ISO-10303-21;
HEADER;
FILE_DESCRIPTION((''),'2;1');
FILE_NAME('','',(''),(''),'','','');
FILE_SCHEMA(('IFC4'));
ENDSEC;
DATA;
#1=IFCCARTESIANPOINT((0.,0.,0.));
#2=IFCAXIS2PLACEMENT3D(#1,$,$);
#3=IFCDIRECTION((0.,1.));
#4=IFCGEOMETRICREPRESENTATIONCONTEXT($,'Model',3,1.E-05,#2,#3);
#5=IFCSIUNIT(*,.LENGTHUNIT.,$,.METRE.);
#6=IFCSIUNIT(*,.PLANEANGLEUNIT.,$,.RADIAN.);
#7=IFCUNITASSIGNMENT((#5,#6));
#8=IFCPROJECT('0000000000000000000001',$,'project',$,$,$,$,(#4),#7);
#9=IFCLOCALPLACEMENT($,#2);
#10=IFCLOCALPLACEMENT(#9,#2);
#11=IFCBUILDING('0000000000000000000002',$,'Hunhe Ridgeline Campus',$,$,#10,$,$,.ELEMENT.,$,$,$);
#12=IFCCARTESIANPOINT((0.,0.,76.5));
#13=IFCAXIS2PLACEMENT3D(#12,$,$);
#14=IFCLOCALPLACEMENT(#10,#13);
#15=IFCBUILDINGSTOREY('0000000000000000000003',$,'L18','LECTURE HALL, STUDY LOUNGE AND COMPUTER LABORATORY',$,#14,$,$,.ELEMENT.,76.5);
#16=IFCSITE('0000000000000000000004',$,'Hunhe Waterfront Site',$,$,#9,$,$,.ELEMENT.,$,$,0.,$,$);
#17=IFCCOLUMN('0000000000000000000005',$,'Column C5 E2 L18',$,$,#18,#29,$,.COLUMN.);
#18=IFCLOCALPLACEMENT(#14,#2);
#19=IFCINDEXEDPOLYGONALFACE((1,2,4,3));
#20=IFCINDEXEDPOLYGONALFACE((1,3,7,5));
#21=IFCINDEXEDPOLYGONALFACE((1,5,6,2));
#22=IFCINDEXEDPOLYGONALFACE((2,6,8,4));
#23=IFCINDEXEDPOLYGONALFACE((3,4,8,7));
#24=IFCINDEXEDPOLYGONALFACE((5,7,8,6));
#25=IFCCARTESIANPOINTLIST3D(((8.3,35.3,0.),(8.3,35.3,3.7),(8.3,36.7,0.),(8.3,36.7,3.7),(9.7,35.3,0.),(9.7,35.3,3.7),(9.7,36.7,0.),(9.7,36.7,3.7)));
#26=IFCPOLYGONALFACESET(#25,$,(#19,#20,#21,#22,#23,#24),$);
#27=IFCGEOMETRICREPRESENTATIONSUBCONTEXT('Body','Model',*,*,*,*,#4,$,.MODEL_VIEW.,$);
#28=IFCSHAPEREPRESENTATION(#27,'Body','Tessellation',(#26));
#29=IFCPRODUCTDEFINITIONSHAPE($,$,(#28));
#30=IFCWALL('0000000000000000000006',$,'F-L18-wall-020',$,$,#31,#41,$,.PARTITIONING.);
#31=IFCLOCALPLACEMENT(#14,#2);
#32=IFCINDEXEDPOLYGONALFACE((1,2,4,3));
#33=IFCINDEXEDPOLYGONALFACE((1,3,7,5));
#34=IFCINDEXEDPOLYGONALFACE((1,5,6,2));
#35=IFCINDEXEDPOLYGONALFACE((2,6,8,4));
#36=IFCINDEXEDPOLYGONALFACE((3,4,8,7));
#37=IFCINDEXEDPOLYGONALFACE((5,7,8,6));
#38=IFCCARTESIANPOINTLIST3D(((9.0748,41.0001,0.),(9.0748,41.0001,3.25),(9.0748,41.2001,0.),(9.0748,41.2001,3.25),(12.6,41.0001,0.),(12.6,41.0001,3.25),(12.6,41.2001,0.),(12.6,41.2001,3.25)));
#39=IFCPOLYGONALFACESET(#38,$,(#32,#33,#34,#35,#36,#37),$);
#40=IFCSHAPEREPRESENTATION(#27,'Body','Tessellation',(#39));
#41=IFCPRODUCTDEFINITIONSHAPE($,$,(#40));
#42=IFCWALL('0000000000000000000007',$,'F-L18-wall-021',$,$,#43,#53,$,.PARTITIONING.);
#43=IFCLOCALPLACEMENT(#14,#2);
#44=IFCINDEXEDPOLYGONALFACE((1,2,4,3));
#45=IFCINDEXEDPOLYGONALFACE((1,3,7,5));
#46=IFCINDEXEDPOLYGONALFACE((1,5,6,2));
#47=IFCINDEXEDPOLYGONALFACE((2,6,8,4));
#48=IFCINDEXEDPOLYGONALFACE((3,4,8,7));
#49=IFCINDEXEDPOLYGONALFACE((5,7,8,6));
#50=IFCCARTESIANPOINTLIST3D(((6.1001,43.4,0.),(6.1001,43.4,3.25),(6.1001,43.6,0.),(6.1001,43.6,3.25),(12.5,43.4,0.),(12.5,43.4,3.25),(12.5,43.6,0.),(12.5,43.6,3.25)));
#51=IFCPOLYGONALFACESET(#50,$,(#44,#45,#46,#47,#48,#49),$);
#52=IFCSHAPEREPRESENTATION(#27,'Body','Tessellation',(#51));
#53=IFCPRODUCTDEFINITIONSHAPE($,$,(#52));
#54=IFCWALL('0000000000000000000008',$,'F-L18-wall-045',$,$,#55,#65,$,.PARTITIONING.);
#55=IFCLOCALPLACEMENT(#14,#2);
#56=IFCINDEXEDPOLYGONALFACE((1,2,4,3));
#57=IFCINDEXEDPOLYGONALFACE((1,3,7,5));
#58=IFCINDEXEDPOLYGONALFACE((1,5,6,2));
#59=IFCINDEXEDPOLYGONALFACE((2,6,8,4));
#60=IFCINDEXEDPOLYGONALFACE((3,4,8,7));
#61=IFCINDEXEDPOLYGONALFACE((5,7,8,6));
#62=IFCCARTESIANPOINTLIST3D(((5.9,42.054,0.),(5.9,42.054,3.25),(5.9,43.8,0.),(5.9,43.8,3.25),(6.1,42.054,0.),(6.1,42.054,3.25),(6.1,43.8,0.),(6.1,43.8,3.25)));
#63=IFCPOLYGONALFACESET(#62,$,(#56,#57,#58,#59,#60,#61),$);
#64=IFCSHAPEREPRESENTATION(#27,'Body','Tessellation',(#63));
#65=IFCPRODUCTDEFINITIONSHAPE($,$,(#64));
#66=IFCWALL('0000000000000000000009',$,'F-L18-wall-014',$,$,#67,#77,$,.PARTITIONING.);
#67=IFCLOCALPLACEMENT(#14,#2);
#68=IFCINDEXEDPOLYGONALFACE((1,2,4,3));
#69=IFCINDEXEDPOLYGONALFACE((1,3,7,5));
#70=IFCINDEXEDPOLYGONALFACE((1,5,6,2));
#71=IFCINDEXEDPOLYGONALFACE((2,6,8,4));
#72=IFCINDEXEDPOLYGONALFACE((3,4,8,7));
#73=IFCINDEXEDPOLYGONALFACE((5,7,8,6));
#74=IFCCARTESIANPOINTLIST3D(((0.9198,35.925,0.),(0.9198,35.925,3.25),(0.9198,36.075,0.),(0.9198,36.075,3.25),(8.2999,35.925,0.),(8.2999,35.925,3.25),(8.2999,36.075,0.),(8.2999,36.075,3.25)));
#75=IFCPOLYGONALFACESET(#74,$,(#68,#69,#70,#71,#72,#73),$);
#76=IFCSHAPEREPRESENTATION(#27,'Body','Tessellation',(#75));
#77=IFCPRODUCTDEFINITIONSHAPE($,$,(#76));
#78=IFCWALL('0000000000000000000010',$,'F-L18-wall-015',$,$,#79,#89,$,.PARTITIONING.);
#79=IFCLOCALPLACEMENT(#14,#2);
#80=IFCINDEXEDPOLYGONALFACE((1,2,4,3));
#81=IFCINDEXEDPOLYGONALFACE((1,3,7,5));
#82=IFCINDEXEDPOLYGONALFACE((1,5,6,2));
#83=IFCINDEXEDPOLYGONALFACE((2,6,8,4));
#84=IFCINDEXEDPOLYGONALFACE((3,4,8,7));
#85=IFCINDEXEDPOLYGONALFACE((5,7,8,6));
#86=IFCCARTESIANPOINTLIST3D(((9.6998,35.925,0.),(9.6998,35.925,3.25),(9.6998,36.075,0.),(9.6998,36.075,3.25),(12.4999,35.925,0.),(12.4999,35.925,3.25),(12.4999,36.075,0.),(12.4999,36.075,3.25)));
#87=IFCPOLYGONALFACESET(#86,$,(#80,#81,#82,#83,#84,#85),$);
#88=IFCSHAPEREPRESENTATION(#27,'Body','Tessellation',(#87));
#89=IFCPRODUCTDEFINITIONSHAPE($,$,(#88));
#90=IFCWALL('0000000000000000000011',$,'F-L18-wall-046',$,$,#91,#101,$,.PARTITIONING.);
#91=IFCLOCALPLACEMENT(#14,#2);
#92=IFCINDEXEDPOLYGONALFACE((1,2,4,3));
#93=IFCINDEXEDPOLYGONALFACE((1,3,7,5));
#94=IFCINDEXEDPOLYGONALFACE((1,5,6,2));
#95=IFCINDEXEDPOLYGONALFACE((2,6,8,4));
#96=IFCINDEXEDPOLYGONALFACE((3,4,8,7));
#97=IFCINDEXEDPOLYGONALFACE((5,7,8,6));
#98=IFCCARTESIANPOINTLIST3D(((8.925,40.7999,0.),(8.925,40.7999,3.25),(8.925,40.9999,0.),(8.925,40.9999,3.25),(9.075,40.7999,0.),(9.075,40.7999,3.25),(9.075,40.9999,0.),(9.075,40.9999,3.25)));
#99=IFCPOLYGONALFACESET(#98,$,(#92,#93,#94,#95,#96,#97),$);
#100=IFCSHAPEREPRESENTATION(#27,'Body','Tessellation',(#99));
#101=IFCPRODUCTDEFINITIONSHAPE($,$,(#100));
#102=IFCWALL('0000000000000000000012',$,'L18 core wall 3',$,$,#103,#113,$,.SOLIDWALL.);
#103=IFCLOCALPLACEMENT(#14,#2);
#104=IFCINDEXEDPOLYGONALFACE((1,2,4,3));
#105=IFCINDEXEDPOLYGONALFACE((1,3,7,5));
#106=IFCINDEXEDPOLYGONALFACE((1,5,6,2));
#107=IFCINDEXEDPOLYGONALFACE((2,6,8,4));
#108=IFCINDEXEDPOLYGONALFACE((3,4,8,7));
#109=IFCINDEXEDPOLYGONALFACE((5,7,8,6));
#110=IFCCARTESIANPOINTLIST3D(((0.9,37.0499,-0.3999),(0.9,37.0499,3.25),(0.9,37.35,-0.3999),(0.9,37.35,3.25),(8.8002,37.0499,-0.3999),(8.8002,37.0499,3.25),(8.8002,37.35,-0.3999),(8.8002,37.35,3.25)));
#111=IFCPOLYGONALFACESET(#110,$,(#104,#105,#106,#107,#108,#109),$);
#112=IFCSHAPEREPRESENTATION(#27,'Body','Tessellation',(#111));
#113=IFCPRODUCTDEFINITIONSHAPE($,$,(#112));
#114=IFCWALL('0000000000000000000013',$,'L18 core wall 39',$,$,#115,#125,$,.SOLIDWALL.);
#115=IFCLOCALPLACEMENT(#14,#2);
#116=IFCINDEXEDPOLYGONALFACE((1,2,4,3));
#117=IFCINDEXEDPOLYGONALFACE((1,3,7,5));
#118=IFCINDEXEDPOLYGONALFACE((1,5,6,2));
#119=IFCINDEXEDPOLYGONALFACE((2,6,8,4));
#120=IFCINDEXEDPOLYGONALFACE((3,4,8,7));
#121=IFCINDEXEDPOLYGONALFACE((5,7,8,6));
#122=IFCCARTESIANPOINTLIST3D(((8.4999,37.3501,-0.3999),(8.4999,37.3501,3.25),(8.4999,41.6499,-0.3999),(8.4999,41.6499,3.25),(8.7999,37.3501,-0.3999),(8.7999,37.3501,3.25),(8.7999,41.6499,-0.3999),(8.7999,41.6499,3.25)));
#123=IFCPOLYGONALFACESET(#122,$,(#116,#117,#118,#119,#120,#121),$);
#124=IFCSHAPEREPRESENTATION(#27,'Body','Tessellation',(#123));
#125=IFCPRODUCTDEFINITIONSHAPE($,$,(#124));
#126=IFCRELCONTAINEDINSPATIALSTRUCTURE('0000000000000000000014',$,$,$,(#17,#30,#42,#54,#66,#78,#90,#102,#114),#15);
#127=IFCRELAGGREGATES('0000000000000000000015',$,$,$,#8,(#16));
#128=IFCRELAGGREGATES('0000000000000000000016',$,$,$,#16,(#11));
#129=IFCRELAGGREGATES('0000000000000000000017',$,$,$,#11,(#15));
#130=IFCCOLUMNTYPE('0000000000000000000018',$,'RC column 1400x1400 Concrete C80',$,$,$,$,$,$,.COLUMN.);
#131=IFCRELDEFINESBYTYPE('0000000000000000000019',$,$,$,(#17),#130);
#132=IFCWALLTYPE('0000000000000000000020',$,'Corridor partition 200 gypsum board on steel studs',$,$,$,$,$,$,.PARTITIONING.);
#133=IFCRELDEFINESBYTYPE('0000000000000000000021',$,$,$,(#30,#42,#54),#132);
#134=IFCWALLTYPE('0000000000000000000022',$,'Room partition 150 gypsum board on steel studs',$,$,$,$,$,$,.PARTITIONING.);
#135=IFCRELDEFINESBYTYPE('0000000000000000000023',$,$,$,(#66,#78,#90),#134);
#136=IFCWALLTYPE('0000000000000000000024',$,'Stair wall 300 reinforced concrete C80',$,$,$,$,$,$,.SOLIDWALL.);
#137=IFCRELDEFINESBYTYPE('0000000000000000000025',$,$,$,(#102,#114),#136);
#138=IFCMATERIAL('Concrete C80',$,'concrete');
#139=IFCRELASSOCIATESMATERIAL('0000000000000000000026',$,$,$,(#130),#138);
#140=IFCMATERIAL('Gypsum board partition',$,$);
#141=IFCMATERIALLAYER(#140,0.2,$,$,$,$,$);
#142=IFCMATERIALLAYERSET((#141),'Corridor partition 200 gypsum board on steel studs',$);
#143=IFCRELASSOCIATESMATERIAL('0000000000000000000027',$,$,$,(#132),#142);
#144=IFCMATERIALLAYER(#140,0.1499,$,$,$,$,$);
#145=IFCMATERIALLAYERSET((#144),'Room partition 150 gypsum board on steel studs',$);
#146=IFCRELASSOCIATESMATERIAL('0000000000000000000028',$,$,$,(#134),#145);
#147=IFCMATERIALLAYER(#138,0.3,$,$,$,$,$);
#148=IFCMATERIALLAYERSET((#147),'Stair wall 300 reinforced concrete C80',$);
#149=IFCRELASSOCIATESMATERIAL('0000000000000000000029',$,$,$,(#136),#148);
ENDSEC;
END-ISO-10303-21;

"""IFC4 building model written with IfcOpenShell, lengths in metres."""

from ifc_helpers import new_model, si_unit, direction, frame, frame_2d, origin, origin_2d, place, context, subcontext, project, spatial, rectangle, extrude, material, layer, layer_set, material_profile, profile_set, type_object, element, save


model = new_model("IFC4")

# Units and contexts
model_context = context("Model", 3, precision=1e-05, world=origin(), true_north=direction((0.0, 1.0)))
body_context = subcontext(model_context, "Body", "Model", "MODEL_VIEW")
ifc_project = project(units=[si_unit("LENGTHUNIT", "METRE"), si_unit("PLANEANGLEUNIT", "RADIAN")], contexts=[model_context])

# Site, building, storey
site_placement = place(None, origin())
site = spatial("IfcSite", under=ifc_project, at=site_placement, Name="Hunhe Waterfront Site", CompositionType="ELEMENT", RefElevation=0.0)
building_placement = place(site_placement, origin())
building = spatial("IfcBuilding", under=site, at=building_placement, Name="Hunhe Ridgeline Campus", CompositionType="ELEMENT")
storey_placement = place(building_placement, frame((0.0, 0.0, 76.5)))
storey = spatial("IfcBuildingStorey", under=building, at=storey_placement, Name="L18", Description="LECTURE HALL, STUDY LOUNGE AND COMPUTER LABORATORY", CompositionType="ELEMENT", Elevation=76.5)

# Column
ifc_material_1 = material(Name="Concrete C80", Category="concrete")
ifc_material_profile = material_profile(ifc_material_1, rectangle(XDim=1.3999, YDim=1.3999, at=origin_2d()))
ifc_profile_set = profile_set([ifc_material_profile], Name="Concrete C80")
column_type = type_object("IfcColumnType", Name="RC column 1400x1400 Concrete C80", PredefinedType="COLUMN", material=ifc_profile_set)
column_placement = place(storey_placement, frame((9.0, 36.0, 0.0), z_axis=(0.0, 0.0, 1.0), x_axis=(1.0, 0.0, 0.0)))
element("IfcColumn", 1, at=column_placement, inside=storey, type_object=column_type, Name="Column C5 E2 L18", PredefinedType="COLUMN", context=body_context, shape_type="SweptSolid", body=[
    extrude(rectangle(XDim=1.3999, YDim=1.3999, at=origin_2d()), origin(), (0.0, 0.0, 1.0), 3.7),
])

# Walls
ifc_material_2 = material(Name="Gypsum board partition")
ifc_layer_1 = layer(ifc_material_2, 0.2)
ifc_layer_set_1 = layer_set([ifc_layer_1], Name="Corridor partition 200 gypsum board on steel studs")
wall_type_1 = type_object("IfcWallType", Name="Corridor partition 200 gypsum board on steel studs", PredefinedType="PARTITIONING", material=ifc_layer_set_1)
wall_1_placement = place(storey_placement, frame((12.6001, 41.1001, 0.0), z_axis=(0.0, 0.0, 1.0), x_axis=(-1.0, 0.0, 0.0)))
element("IfcWall", 2, at=wall_1_placement, inside=storey, type_object=wall_type_1, Name="F-L18-wall-020", PredefinedType="PARTITIONING", context=body_context, shape_type="SweptSolid", body=[
    extrude(rectangle(XDim=3.5251, YDim=0.2, at=frame_2d((1.7627, 0.0))), origin(), (0.0, 0.0, 1.0), 3.25),
])
wall_2_placement = place(storey_placement, frame((6.1001, 43.5, 0.0), z_axis=(0.0, 0.0, 1.0), x_axis=(1.0, 0.0, 0.0)))
element("IfcWall", 3, at=wall_2_placement, inside=storey, type_object=wall_type_1, Name="F-L18-wall-021", PredefinedType="PARTITIONING", context=body_context, shape_type="SweptSolid", body=[
    extrude(rectangle(XDim=6.3999, YDim=0.2, at=frame_2d((3.2, 0.0))), origin(), (0.0, 0.0, 1.0), 3.25),
])
wall_3_placement = place(storey_placement, frame((6.0, 42.054, 0.0), z_axis=(0.0, 0.0, 1.0), x_axis=(0.0, 1.0, 0.0)))
element("IfcWall", 4, at=wall_3_placement, inside=storey, type_object=wall_type_1, Name="F-L18-wall-045", PredefinedType="PARTITIONING", context=body_context, shape_type="SweptSolid", body=[
    extrude(rectangle(XDim=1.7461, YDim=0.2, at=frame_2d((0.873, 0.0))), origin(), (0.0, 0.0, 1.0), 3.25),
])
ifc_layer_2 = layer(ifc_material_2, 0.1499)
ifc_layer_set_2 = layer_set([ifc_layer_2], Name="Room partition 150 gypsum board on steel studs")
wall_type_2 = type_object("IfcWallType", Name="Room partition 150 gypsum board on steel studs", PredefinedType="PARTITIONING", material=ifc_layer_set_2)
wall_4_placement = place(storey_placement, frame((0.9199, 36.0, 0.0), z_axis=(0.0, 0.0, 1.0), x_axis=(1.0, 0.0, 0.0)))
element("IfcWall", 5, at=wall_4_placement, inside=storey, type_object=wall_type_2, Name="F-L18-wall-014", PredefinedType="PARTITIONING", context=body_context, shape_type="SweptSolid", body=[
    extrude(rectangle(XDim=7.3801, YDim=0.1499, at=frame_2d((3.6899, 0.0))), origin(), (0.0, 0.0, 1.0), 3.25),
])
wall_5_placement = place(storey_placement, frame((9.7, 36.0, 0.0), z_axis=(0.0, 0.0, 1.0), x_axis=(1.0, 0.0, 0.0)))
element("IfcWall", 6, at=wall_5_placement, inside=storey, type_object=wall_type_2, Name="F-L18-wall-015", PredefinedType="PARTITIONING", context=body_context, shape_type="SweptSolid", body=[
    extrude(rectangle(XDim=2.8, YDim=0.1499, at=frame_2d((1.3999, 0.0))), origin(), (0.0, 0.0, 1.0), 3.25),
])
wall_6_placement = place(storey_placement, frame((9.0, 41.0, 0.0), z_axis=(0.0, 0.0, 1.0), x_axis=(0.0, -1.0, 0.0)))
element("IfcWall", 7, at=wall_6_placement, inside=storey, type_object=wall_type_2, Name="F-L18-wall-046", PredefinedType="PARTITIONING", context=body_context, shape_type="SweptSolid", body=[
    extrude(rectangle(XDim=0.2, YDim=0.1499, at=frame_2d((0.1001, 0.0))), origin(), (0.0, 0.0, 1.0), 3.25),
])
ifc_layer_3 = layer(ifc_material_1, 0.3)
ifc_layer_set_3 = layer_set([ifc_layer_3], Name="Stair wall 300 reinforced concrete C80")
wall_type_3 = type_object("IfcWallType", Name="Stair wall 300 reinforced concrete C80", PredefinedType="SOLIDWALL", material=ifc_layer_set_3)
wall_7_placement = place(storey_placement, frame((0.8999, 37.2, -0.3999), z_axis=(0.0, 0.0, 1.0), x_axis=(1.0, 0.0, 0.0)))
element("IfcWall", 8, at=wall_7_placement, inside=storey, type_object=wall_type_3, Name="L18 core wall 3", PredefinedType="SOLIDWALL", context=body_context, shape_type="SweptSolid", body=[
    extrude(rectangle(XDim=7.9001, YDim=0.3, at=frame_2d((3.9502, 0.0))), origin(), (0.0, 0.0, 1.0), 3.6499),
])

# Wall
wall_8_placement = place(storey_placement, frame((8.6499, 37.3501, -0.3999), z_axis=(0.0, 0.0, 1.0), x_axis=(0.0, 1.0, 0.0)))
element("IfcWall", 9, at=wall_8_placement, inside=storey, type_object=wall_type_3, Name="L18 core wall 39", PredefinedType="SOLIDWALL", context=body_context, shape_type="SweptSolid", body=[
    extrude(rectangle(XDim=4.2998, YDim=0.3, at=frame_2d((2.1499, 0.0))), origin(), (0.0, 0.0, 1.0), 3.6499),
])

save(model, "model.ifc")
